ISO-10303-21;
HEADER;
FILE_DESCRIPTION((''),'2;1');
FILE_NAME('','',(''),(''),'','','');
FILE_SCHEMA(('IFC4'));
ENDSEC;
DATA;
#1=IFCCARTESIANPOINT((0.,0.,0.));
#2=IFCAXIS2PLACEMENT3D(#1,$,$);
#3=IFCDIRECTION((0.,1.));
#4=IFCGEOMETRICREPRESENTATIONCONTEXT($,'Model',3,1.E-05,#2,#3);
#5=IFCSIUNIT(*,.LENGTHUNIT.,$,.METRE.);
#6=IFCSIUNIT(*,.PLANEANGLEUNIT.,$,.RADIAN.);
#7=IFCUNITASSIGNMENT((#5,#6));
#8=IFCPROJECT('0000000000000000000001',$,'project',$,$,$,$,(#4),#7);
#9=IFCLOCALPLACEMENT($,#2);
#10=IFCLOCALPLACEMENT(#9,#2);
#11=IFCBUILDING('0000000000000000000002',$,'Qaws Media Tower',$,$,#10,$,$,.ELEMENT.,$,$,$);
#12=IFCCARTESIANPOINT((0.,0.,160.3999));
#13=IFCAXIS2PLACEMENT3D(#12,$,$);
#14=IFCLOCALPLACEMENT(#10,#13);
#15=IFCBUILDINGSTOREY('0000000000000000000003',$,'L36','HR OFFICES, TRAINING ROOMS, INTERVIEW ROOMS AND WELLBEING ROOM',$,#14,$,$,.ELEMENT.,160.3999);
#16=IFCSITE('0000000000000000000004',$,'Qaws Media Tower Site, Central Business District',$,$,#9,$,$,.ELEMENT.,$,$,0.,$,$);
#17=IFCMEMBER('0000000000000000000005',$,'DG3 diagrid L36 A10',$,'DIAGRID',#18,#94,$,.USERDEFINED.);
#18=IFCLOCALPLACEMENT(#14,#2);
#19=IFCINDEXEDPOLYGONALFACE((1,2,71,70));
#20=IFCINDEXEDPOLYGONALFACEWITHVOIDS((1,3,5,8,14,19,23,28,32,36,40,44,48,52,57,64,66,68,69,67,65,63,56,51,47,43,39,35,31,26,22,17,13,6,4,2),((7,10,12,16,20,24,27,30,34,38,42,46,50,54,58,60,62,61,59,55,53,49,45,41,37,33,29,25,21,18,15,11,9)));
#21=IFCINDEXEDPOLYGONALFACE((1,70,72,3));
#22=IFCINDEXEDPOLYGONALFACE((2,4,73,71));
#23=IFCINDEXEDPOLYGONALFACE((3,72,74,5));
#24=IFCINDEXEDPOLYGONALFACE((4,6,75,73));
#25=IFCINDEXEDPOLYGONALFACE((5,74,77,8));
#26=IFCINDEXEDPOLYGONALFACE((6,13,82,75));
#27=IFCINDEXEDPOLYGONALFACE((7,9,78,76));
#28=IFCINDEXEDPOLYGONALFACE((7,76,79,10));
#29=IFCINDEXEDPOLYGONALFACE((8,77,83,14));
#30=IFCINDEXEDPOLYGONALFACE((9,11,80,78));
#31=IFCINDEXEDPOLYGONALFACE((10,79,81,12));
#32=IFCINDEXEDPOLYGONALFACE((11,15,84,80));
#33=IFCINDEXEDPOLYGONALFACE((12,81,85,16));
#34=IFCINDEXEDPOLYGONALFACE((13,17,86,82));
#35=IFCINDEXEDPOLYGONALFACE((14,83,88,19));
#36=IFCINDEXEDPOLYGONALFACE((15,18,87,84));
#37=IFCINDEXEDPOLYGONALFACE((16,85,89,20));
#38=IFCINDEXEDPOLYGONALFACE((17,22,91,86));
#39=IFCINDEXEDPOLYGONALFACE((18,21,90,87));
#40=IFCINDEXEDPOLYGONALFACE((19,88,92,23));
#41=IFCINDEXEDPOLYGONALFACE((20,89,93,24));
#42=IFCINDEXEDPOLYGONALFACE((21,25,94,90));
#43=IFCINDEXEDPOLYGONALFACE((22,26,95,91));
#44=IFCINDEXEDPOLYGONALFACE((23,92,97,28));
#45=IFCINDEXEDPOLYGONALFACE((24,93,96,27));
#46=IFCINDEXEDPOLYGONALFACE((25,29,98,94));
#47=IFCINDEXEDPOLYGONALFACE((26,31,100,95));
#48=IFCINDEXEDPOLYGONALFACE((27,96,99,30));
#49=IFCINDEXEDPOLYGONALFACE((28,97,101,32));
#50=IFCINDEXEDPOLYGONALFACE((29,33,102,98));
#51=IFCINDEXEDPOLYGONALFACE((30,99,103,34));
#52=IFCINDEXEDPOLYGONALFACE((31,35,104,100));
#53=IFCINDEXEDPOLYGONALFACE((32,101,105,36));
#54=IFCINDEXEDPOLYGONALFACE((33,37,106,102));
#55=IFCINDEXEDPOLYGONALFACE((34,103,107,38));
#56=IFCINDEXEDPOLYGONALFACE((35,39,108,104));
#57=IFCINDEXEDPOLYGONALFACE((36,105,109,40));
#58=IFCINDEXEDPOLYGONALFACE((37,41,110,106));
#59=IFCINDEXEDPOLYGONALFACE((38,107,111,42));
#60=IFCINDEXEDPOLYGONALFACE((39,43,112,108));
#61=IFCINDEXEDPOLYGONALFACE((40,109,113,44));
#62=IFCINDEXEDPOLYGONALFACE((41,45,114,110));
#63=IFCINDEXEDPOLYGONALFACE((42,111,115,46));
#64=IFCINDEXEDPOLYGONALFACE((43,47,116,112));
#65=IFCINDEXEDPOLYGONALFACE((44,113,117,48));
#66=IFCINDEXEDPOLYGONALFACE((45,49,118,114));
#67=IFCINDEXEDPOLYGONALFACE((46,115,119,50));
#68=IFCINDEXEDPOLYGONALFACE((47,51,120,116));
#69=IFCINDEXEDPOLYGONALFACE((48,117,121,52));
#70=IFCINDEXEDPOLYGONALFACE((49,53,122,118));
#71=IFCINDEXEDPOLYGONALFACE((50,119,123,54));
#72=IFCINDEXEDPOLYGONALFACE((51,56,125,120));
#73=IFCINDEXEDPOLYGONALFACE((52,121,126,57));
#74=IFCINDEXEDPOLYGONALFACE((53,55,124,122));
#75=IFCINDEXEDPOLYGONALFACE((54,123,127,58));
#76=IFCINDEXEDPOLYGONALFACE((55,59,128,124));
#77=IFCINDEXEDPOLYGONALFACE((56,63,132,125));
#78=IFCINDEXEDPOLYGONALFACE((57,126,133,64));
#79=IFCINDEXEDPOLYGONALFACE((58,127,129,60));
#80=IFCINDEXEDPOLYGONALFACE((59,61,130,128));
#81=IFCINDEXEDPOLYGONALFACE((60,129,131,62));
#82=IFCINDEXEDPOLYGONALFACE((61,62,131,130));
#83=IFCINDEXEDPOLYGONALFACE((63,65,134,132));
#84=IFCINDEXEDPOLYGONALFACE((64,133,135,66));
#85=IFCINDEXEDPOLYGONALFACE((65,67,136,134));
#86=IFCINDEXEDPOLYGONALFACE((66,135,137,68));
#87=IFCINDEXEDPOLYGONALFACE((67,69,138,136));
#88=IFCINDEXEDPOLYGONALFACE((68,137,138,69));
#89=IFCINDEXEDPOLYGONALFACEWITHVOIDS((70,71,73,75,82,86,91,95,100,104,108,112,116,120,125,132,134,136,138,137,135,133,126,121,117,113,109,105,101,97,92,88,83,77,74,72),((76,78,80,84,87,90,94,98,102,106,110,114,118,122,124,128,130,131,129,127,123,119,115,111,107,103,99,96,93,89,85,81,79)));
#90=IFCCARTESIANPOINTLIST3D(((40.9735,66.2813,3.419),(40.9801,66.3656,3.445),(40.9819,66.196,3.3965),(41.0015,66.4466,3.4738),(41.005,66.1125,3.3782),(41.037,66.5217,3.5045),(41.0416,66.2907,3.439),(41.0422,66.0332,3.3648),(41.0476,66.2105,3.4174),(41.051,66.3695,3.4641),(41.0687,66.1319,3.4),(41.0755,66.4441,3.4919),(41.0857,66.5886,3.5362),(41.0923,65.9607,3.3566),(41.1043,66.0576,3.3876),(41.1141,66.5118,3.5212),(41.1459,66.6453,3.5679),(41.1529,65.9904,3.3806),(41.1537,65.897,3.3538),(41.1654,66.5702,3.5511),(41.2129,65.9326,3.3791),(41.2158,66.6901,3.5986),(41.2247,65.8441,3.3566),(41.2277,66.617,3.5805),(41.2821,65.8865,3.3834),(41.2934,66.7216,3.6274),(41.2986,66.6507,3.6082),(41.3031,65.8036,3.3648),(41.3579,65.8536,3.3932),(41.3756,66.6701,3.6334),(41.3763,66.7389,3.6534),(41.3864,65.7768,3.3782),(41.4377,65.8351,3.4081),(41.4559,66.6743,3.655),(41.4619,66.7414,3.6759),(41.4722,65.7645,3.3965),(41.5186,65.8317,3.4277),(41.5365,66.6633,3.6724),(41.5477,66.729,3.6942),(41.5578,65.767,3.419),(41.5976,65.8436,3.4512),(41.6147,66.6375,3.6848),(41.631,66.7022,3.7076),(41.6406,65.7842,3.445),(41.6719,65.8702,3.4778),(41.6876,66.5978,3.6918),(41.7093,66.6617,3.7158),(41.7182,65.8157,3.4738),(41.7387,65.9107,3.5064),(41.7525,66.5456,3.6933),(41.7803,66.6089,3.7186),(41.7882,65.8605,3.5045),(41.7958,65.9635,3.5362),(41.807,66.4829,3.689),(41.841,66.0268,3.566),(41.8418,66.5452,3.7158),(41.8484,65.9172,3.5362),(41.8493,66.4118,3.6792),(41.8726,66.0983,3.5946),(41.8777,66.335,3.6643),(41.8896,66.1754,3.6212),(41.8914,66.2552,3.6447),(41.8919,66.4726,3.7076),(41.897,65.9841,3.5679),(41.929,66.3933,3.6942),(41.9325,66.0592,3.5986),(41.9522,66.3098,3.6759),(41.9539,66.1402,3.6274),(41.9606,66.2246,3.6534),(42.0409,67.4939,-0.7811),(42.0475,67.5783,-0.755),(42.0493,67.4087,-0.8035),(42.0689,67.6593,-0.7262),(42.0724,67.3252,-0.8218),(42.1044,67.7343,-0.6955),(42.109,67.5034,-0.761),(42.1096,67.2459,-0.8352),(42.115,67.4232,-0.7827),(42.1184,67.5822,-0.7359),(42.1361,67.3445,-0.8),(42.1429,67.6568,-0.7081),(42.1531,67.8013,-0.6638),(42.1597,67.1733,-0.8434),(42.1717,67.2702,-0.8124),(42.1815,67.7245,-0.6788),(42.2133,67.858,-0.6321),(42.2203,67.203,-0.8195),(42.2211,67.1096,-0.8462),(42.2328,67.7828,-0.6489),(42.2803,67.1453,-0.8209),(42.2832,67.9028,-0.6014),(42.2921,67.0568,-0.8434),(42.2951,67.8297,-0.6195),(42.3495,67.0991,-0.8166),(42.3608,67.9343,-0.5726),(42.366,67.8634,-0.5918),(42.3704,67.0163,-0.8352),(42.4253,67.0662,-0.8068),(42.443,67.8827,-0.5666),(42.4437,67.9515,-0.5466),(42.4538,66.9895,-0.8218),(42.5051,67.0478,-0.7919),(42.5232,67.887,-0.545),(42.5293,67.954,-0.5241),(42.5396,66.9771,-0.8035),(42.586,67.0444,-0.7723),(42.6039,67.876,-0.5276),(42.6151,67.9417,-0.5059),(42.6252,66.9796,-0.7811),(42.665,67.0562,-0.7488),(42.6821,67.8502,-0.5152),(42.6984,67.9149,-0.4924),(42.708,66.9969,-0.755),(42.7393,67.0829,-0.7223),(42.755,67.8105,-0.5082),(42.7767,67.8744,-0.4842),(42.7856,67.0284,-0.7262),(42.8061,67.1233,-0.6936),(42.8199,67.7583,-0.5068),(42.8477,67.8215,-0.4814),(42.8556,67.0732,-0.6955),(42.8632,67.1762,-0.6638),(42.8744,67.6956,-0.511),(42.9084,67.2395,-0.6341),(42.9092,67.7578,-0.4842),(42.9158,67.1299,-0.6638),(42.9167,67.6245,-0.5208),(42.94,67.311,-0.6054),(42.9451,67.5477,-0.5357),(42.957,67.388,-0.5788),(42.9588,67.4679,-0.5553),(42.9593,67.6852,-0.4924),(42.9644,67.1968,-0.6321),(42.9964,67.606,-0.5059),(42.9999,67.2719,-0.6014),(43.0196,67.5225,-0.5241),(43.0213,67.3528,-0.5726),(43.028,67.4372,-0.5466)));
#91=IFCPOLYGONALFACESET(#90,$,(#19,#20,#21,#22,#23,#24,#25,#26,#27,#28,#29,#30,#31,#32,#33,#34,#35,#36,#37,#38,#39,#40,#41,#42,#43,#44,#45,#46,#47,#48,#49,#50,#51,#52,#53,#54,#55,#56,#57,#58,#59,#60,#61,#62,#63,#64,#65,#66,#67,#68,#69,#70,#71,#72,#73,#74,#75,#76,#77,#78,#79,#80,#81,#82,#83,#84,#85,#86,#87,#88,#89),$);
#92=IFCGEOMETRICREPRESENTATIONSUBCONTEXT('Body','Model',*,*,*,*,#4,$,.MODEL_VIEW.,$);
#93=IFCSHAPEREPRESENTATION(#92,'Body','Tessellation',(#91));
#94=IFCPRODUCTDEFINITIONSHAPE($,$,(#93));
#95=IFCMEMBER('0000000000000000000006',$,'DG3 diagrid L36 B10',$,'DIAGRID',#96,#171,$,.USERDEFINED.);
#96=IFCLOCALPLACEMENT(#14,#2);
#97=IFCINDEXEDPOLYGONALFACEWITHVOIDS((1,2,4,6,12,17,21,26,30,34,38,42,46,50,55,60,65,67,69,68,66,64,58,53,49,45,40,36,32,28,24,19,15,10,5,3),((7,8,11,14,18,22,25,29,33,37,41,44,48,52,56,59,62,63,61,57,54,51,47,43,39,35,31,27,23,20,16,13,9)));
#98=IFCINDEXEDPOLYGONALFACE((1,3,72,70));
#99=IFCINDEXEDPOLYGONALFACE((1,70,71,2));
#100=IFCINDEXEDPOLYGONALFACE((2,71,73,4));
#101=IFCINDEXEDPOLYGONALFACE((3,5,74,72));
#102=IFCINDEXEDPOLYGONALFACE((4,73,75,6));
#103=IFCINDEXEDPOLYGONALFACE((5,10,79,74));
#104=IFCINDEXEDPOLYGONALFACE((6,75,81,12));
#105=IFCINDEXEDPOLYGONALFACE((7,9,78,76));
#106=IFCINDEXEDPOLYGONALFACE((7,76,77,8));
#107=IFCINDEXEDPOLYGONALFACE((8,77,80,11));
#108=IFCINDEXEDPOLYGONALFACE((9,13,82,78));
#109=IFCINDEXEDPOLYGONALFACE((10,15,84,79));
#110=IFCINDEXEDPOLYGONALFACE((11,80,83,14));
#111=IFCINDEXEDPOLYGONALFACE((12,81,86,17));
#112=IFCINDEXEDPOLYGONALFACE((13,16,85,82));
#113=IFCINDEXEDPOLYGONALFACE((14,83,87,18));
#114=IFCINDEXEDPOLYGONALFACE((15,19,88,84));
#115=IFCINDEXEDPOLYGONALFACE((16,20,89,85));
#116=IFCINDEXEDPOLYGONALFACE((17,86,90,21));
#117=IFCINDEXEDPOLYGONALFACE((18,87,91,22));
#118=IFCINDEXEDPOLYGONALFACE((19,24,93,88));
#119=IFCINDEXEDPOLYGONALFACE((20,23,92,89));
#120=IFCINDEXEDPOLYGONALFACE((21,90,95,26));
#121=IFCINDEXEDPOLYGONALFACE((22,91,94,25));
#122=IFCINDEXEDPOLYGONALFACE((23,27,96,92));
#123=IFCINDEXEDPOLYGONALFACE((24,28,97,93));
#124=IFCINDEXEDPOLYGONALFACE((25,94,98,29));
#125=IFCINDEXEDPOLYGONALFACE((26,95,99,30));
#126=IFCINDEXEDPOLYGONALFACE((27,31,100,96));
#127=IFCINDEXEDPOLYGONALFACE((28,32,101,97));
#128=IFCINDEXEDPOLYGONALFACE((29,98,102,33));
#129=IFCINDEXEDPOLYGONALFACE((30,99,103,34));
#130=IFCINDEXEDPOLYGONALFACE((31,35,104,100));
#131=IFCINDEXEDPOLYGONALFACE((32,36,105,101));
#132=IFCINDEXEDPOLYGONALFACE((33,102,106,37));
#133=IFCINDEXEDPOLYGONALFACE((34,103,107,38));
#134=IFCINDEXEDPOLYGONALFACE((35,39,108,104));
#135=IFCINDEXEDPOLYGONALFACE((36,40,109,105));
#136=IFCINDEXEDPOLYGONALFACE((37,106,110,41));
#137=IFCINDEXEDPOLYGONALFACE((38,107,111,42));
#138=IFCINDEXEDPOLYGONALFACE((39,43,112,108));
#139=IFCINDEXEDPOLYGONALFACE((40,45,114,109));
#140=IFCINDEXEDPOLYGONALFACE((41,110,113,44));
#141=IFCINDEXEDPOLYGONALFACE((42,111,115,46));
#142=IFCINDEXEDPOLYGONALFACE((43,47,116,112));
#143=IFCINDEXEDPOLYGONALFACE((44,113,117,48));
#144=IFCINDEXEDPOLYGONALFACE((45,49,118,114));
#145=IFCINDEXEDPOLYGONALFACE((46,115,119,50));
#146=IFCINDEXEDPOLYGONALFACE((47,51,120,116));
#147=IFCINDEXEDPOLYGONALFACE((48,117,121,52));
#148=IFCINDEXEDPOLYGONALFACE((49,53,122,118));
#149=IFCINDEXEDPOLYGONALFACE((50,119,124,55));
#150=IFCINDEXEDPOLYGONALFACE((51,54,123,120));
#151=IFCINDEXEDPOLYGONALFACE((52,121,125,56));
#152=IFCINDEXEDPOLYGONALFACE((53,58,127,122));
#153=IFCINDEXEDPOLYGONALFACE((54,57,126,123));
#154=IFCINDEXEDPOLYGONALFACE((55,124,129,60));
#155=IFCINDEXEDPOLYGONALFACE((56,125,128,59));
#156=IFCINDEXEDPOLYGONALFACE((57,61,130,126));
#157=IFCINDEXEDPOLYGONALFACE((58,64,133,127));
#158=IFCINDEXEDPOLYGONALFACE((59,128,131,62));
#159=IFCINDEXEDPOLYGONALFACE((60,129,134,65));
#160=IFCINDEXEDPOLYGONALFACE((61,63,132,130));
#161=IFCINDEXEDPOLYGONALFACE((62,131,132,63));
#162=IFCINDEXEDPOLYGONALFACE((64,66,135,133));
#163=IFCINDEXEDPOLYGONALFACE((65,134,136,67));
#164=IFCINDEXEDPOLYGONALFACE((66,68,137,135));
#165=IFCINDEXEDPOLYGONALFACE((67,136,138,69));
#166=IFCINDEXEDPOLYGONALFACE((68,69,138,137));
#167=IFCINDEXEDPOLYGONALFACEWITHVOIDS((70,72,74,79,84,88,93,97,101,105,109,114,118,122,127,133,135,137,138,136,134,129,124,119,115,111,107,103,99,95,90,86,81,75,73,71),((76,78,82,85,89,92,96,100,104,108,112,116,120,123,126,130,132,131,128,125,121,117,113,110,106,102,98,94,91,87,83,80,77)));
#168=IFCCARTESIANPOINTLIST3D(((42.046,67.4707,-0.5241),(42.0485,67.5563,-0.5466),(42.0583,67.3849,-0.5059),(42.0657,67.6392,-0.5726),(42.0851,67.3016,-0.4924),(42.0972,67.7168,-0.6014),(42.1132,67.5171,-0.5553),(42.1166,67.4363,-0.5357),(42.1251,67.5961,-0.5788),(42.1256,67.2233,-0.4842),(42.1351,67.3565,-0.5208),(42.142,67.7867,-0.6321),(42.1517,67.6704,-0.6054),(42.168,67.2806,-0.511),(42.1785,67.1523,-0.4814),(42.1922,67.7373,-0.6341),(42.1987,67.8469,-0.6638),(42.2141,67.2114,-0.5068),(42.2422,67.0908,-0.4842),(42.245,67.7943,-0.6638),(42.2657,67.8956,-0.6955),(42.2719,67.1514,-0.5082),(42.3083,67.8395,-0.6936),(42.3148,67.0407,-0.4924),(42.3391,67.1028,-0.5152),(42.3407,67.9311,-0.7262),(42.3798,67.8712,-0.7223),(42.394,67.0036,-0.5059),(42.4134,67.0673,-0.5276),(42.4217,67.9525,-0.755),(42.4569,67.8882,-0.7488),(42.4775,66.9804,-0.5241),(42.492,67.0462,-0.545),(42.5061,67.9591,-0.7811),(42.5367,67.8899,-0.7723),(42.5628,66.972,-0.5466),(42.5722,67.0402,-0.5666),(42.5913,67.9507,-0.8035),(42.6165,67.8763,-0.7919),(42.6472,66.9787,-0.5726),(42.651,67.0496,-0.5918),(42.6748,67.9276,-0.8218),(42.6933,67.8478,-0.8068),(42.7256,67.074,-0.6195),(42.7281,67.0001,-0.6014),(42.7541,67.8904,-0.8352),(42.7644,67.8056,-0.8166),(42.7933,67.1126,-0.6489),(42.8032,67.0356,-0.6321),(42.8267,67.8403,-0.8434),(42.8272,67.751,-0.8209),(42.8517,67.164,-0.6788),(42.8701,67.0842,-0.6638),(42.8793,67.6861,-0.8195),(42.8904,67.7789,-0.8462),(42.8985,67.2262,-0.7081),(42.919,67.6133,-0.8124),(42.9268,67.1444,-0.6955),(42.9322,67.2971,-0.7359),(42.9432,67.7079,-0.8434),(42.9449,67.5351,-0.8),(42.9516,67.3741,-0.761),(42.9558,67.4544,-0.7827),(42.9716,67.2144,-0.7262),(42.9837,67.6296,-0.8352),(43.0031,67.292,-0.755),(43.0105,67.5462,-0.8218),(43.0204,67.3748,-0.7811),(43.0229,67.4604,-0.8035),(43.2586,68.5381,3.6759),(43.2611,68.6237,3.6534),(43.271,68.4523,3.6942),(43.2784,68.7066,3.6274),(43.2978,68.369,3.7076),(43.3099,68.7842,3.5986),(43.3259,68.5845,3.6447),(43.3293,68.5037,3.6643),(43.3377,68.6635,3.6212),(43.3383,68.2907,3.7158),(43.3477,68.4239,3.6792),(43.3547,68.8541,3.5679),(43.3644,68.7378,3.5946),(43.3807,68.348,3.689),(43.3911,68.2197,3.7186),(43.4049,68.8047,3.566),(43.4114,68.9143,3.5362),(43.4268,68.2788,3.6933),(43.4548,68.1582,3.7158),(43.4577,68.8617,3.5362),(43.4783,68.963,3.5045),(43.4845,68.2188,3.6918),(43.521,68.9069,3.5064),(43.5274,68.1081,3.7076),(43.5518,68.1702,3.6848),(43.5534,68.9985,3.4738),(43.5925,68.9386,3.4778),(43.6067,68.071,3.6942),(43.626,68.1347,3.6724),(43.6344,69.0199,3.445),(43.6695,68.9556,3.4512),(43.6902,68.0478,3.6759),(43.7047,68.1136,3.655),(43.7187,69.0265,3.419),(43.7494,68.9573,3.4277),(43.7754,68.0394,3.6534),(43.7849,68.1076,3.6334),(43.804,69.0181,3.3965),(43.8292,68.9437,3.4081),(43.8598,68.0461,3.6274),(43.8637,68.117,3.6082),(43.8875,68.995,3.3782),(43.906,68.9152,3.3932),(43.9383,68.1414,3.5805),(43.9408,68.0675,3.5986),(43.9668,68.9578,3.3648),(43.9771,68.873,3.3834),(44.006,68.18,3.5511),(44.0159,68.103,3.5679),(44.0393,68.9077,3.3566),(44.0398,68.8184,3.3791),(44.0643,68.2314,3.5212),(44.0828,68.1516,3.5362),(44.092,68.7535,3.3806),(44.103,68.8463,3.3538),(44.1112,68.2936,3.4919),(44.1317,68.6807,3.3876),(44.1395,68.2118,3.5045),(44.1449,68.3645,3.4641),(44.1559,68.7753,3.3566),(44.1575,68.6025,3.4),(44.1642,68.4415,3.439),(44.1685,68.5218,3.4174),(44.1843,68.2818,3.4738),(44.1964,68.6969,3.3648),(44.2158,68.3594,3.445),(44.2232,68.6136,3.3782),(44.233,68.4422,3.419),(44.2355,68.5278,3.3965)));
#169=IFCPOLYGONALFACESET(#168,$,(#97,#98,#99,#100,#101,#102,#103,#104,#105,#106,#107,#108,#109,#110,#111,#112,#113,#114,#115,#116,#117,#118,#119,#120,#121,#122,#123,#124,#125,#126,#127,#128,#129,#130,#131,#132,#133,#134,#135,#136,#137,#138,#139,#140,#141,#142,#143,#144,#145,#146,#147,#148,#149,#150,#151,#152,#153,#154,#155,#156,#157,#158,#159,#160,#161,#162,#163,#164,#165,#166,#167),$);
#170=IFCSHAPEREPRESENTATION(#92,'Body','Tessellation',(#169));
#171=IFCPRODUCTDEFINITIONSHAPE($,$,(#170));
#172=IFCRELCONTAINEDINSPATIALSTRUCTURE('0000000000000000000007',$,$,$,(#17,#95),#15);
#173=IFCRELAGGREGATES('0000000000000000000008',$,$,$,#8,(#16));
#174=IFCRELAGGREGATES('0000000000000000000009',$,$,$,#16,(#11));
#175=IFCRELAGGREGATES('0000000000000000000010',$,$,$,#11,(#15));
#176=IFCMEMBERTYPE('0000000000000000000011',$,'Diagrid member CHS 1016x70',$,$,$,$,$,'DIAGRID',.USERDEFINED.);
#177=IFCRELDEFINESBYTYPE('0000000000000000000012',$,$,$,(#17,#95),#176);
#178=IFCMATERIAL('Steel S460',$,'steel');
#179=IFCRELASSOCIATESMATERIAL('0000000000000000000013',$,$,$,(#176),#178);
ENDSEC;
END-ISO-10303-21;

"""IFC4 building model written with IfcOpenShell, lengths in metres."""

from ifc_helpers import new_model, si_unit, direction, frame, origin, origin_2d, place, context, subcontext, project, spatial, hollow_circle, extrude, material, material_profile, profile_set, type_object, element, save


model = new_model("IFC4")

# Units and contexts
model_context = context("Model", 3, precision=1e-05, world=origin(), true_north=direction((0.0, 1.0)))
body_context = subcontext(model_context, "Body", "Model", "MODEL_VIEW")
ifc_project = project(units=[si_unit("LENGTHUNIT", "METRE"), si_unit("PLANEANGLEUNIT", "RADIAN")], contexts=[model_context])

# Site, building, storey
site_placement = place(None, origin())
site = spatial("IfcSite", under=ifc_project, at=site_placement, Name="Qaws Media Tower Site, Central Business District", CompositionType="ELEMENT", RefElevation=0.0)
building_placement = place(site_placement, origin())
building = spatial("IfcBuilding", under=site, at=building_placement, Name="Qaws Media Tower", CompositionType="ELEMENT")
storey_placement = place(building_placement, frame((0.0, 0.0, 160.3999)))
storey = spatial("IfcBuildingStorey", under=building, at=storey_placement, Name="L36", Description="HR OFFICES, TRAINING ROOMS, INTERVIEW ROOMS AND WELLBEING ROOM", CompositionType="ELEMENT", Elevation=160.3999)

# Members
ifc_material_1 = material(Name="Steel S460", Category="steel")
ifc_material_profile_1 = material_profile(ifc_material_1, hollow_circle(Radius=0.5081, WallThickness=0.0701, at=origin_2d()), Name="CHS 1016x70")
ifc_profile_set_1 = profile_set([ifc_material_profile_1], Name="Steel S460")
member_type_1 = type_object("IfcMemberType", Name="Diagrid member CHS 1016x70", ElementType="DIAGRID", PredefinedType="USERDEFINED", material=ifc_profile_set_1)
for number, where, z_axis, x_axis, name in (
    (1, (42.5344, 67.4656, -0.6638), (-0.2372, -0.269481, 0.933336), (0.750636, -0.660716, 0.0), "DG3 diagrid L36 A10"),
    (2, (42.5344, 67.4656, -0.6638), (0.269481, 0.2372, 0.933336), (-0.660716, 0.750636, 0.0), "DG3 diagrid L36 B10"),
):
    element("IfcMember", number, at=place(storey_placement, frame(where, z_axis=z_axis, x_axis=x_axis)), inside=storey, type_object=member_type_1, Name=name, ObjectType="DIAGRID", PredefinedType="USERDEFINED", context=body_context, shape_type="SweptSolid", body=[
        extrude(hollow_circle(Radius=0.5081, WallThickness=0.0701, at=origin_2d()), origin(), (0.0, 0.0, 1.0), 4.5),
    ])

save(model, "model.ifc")
